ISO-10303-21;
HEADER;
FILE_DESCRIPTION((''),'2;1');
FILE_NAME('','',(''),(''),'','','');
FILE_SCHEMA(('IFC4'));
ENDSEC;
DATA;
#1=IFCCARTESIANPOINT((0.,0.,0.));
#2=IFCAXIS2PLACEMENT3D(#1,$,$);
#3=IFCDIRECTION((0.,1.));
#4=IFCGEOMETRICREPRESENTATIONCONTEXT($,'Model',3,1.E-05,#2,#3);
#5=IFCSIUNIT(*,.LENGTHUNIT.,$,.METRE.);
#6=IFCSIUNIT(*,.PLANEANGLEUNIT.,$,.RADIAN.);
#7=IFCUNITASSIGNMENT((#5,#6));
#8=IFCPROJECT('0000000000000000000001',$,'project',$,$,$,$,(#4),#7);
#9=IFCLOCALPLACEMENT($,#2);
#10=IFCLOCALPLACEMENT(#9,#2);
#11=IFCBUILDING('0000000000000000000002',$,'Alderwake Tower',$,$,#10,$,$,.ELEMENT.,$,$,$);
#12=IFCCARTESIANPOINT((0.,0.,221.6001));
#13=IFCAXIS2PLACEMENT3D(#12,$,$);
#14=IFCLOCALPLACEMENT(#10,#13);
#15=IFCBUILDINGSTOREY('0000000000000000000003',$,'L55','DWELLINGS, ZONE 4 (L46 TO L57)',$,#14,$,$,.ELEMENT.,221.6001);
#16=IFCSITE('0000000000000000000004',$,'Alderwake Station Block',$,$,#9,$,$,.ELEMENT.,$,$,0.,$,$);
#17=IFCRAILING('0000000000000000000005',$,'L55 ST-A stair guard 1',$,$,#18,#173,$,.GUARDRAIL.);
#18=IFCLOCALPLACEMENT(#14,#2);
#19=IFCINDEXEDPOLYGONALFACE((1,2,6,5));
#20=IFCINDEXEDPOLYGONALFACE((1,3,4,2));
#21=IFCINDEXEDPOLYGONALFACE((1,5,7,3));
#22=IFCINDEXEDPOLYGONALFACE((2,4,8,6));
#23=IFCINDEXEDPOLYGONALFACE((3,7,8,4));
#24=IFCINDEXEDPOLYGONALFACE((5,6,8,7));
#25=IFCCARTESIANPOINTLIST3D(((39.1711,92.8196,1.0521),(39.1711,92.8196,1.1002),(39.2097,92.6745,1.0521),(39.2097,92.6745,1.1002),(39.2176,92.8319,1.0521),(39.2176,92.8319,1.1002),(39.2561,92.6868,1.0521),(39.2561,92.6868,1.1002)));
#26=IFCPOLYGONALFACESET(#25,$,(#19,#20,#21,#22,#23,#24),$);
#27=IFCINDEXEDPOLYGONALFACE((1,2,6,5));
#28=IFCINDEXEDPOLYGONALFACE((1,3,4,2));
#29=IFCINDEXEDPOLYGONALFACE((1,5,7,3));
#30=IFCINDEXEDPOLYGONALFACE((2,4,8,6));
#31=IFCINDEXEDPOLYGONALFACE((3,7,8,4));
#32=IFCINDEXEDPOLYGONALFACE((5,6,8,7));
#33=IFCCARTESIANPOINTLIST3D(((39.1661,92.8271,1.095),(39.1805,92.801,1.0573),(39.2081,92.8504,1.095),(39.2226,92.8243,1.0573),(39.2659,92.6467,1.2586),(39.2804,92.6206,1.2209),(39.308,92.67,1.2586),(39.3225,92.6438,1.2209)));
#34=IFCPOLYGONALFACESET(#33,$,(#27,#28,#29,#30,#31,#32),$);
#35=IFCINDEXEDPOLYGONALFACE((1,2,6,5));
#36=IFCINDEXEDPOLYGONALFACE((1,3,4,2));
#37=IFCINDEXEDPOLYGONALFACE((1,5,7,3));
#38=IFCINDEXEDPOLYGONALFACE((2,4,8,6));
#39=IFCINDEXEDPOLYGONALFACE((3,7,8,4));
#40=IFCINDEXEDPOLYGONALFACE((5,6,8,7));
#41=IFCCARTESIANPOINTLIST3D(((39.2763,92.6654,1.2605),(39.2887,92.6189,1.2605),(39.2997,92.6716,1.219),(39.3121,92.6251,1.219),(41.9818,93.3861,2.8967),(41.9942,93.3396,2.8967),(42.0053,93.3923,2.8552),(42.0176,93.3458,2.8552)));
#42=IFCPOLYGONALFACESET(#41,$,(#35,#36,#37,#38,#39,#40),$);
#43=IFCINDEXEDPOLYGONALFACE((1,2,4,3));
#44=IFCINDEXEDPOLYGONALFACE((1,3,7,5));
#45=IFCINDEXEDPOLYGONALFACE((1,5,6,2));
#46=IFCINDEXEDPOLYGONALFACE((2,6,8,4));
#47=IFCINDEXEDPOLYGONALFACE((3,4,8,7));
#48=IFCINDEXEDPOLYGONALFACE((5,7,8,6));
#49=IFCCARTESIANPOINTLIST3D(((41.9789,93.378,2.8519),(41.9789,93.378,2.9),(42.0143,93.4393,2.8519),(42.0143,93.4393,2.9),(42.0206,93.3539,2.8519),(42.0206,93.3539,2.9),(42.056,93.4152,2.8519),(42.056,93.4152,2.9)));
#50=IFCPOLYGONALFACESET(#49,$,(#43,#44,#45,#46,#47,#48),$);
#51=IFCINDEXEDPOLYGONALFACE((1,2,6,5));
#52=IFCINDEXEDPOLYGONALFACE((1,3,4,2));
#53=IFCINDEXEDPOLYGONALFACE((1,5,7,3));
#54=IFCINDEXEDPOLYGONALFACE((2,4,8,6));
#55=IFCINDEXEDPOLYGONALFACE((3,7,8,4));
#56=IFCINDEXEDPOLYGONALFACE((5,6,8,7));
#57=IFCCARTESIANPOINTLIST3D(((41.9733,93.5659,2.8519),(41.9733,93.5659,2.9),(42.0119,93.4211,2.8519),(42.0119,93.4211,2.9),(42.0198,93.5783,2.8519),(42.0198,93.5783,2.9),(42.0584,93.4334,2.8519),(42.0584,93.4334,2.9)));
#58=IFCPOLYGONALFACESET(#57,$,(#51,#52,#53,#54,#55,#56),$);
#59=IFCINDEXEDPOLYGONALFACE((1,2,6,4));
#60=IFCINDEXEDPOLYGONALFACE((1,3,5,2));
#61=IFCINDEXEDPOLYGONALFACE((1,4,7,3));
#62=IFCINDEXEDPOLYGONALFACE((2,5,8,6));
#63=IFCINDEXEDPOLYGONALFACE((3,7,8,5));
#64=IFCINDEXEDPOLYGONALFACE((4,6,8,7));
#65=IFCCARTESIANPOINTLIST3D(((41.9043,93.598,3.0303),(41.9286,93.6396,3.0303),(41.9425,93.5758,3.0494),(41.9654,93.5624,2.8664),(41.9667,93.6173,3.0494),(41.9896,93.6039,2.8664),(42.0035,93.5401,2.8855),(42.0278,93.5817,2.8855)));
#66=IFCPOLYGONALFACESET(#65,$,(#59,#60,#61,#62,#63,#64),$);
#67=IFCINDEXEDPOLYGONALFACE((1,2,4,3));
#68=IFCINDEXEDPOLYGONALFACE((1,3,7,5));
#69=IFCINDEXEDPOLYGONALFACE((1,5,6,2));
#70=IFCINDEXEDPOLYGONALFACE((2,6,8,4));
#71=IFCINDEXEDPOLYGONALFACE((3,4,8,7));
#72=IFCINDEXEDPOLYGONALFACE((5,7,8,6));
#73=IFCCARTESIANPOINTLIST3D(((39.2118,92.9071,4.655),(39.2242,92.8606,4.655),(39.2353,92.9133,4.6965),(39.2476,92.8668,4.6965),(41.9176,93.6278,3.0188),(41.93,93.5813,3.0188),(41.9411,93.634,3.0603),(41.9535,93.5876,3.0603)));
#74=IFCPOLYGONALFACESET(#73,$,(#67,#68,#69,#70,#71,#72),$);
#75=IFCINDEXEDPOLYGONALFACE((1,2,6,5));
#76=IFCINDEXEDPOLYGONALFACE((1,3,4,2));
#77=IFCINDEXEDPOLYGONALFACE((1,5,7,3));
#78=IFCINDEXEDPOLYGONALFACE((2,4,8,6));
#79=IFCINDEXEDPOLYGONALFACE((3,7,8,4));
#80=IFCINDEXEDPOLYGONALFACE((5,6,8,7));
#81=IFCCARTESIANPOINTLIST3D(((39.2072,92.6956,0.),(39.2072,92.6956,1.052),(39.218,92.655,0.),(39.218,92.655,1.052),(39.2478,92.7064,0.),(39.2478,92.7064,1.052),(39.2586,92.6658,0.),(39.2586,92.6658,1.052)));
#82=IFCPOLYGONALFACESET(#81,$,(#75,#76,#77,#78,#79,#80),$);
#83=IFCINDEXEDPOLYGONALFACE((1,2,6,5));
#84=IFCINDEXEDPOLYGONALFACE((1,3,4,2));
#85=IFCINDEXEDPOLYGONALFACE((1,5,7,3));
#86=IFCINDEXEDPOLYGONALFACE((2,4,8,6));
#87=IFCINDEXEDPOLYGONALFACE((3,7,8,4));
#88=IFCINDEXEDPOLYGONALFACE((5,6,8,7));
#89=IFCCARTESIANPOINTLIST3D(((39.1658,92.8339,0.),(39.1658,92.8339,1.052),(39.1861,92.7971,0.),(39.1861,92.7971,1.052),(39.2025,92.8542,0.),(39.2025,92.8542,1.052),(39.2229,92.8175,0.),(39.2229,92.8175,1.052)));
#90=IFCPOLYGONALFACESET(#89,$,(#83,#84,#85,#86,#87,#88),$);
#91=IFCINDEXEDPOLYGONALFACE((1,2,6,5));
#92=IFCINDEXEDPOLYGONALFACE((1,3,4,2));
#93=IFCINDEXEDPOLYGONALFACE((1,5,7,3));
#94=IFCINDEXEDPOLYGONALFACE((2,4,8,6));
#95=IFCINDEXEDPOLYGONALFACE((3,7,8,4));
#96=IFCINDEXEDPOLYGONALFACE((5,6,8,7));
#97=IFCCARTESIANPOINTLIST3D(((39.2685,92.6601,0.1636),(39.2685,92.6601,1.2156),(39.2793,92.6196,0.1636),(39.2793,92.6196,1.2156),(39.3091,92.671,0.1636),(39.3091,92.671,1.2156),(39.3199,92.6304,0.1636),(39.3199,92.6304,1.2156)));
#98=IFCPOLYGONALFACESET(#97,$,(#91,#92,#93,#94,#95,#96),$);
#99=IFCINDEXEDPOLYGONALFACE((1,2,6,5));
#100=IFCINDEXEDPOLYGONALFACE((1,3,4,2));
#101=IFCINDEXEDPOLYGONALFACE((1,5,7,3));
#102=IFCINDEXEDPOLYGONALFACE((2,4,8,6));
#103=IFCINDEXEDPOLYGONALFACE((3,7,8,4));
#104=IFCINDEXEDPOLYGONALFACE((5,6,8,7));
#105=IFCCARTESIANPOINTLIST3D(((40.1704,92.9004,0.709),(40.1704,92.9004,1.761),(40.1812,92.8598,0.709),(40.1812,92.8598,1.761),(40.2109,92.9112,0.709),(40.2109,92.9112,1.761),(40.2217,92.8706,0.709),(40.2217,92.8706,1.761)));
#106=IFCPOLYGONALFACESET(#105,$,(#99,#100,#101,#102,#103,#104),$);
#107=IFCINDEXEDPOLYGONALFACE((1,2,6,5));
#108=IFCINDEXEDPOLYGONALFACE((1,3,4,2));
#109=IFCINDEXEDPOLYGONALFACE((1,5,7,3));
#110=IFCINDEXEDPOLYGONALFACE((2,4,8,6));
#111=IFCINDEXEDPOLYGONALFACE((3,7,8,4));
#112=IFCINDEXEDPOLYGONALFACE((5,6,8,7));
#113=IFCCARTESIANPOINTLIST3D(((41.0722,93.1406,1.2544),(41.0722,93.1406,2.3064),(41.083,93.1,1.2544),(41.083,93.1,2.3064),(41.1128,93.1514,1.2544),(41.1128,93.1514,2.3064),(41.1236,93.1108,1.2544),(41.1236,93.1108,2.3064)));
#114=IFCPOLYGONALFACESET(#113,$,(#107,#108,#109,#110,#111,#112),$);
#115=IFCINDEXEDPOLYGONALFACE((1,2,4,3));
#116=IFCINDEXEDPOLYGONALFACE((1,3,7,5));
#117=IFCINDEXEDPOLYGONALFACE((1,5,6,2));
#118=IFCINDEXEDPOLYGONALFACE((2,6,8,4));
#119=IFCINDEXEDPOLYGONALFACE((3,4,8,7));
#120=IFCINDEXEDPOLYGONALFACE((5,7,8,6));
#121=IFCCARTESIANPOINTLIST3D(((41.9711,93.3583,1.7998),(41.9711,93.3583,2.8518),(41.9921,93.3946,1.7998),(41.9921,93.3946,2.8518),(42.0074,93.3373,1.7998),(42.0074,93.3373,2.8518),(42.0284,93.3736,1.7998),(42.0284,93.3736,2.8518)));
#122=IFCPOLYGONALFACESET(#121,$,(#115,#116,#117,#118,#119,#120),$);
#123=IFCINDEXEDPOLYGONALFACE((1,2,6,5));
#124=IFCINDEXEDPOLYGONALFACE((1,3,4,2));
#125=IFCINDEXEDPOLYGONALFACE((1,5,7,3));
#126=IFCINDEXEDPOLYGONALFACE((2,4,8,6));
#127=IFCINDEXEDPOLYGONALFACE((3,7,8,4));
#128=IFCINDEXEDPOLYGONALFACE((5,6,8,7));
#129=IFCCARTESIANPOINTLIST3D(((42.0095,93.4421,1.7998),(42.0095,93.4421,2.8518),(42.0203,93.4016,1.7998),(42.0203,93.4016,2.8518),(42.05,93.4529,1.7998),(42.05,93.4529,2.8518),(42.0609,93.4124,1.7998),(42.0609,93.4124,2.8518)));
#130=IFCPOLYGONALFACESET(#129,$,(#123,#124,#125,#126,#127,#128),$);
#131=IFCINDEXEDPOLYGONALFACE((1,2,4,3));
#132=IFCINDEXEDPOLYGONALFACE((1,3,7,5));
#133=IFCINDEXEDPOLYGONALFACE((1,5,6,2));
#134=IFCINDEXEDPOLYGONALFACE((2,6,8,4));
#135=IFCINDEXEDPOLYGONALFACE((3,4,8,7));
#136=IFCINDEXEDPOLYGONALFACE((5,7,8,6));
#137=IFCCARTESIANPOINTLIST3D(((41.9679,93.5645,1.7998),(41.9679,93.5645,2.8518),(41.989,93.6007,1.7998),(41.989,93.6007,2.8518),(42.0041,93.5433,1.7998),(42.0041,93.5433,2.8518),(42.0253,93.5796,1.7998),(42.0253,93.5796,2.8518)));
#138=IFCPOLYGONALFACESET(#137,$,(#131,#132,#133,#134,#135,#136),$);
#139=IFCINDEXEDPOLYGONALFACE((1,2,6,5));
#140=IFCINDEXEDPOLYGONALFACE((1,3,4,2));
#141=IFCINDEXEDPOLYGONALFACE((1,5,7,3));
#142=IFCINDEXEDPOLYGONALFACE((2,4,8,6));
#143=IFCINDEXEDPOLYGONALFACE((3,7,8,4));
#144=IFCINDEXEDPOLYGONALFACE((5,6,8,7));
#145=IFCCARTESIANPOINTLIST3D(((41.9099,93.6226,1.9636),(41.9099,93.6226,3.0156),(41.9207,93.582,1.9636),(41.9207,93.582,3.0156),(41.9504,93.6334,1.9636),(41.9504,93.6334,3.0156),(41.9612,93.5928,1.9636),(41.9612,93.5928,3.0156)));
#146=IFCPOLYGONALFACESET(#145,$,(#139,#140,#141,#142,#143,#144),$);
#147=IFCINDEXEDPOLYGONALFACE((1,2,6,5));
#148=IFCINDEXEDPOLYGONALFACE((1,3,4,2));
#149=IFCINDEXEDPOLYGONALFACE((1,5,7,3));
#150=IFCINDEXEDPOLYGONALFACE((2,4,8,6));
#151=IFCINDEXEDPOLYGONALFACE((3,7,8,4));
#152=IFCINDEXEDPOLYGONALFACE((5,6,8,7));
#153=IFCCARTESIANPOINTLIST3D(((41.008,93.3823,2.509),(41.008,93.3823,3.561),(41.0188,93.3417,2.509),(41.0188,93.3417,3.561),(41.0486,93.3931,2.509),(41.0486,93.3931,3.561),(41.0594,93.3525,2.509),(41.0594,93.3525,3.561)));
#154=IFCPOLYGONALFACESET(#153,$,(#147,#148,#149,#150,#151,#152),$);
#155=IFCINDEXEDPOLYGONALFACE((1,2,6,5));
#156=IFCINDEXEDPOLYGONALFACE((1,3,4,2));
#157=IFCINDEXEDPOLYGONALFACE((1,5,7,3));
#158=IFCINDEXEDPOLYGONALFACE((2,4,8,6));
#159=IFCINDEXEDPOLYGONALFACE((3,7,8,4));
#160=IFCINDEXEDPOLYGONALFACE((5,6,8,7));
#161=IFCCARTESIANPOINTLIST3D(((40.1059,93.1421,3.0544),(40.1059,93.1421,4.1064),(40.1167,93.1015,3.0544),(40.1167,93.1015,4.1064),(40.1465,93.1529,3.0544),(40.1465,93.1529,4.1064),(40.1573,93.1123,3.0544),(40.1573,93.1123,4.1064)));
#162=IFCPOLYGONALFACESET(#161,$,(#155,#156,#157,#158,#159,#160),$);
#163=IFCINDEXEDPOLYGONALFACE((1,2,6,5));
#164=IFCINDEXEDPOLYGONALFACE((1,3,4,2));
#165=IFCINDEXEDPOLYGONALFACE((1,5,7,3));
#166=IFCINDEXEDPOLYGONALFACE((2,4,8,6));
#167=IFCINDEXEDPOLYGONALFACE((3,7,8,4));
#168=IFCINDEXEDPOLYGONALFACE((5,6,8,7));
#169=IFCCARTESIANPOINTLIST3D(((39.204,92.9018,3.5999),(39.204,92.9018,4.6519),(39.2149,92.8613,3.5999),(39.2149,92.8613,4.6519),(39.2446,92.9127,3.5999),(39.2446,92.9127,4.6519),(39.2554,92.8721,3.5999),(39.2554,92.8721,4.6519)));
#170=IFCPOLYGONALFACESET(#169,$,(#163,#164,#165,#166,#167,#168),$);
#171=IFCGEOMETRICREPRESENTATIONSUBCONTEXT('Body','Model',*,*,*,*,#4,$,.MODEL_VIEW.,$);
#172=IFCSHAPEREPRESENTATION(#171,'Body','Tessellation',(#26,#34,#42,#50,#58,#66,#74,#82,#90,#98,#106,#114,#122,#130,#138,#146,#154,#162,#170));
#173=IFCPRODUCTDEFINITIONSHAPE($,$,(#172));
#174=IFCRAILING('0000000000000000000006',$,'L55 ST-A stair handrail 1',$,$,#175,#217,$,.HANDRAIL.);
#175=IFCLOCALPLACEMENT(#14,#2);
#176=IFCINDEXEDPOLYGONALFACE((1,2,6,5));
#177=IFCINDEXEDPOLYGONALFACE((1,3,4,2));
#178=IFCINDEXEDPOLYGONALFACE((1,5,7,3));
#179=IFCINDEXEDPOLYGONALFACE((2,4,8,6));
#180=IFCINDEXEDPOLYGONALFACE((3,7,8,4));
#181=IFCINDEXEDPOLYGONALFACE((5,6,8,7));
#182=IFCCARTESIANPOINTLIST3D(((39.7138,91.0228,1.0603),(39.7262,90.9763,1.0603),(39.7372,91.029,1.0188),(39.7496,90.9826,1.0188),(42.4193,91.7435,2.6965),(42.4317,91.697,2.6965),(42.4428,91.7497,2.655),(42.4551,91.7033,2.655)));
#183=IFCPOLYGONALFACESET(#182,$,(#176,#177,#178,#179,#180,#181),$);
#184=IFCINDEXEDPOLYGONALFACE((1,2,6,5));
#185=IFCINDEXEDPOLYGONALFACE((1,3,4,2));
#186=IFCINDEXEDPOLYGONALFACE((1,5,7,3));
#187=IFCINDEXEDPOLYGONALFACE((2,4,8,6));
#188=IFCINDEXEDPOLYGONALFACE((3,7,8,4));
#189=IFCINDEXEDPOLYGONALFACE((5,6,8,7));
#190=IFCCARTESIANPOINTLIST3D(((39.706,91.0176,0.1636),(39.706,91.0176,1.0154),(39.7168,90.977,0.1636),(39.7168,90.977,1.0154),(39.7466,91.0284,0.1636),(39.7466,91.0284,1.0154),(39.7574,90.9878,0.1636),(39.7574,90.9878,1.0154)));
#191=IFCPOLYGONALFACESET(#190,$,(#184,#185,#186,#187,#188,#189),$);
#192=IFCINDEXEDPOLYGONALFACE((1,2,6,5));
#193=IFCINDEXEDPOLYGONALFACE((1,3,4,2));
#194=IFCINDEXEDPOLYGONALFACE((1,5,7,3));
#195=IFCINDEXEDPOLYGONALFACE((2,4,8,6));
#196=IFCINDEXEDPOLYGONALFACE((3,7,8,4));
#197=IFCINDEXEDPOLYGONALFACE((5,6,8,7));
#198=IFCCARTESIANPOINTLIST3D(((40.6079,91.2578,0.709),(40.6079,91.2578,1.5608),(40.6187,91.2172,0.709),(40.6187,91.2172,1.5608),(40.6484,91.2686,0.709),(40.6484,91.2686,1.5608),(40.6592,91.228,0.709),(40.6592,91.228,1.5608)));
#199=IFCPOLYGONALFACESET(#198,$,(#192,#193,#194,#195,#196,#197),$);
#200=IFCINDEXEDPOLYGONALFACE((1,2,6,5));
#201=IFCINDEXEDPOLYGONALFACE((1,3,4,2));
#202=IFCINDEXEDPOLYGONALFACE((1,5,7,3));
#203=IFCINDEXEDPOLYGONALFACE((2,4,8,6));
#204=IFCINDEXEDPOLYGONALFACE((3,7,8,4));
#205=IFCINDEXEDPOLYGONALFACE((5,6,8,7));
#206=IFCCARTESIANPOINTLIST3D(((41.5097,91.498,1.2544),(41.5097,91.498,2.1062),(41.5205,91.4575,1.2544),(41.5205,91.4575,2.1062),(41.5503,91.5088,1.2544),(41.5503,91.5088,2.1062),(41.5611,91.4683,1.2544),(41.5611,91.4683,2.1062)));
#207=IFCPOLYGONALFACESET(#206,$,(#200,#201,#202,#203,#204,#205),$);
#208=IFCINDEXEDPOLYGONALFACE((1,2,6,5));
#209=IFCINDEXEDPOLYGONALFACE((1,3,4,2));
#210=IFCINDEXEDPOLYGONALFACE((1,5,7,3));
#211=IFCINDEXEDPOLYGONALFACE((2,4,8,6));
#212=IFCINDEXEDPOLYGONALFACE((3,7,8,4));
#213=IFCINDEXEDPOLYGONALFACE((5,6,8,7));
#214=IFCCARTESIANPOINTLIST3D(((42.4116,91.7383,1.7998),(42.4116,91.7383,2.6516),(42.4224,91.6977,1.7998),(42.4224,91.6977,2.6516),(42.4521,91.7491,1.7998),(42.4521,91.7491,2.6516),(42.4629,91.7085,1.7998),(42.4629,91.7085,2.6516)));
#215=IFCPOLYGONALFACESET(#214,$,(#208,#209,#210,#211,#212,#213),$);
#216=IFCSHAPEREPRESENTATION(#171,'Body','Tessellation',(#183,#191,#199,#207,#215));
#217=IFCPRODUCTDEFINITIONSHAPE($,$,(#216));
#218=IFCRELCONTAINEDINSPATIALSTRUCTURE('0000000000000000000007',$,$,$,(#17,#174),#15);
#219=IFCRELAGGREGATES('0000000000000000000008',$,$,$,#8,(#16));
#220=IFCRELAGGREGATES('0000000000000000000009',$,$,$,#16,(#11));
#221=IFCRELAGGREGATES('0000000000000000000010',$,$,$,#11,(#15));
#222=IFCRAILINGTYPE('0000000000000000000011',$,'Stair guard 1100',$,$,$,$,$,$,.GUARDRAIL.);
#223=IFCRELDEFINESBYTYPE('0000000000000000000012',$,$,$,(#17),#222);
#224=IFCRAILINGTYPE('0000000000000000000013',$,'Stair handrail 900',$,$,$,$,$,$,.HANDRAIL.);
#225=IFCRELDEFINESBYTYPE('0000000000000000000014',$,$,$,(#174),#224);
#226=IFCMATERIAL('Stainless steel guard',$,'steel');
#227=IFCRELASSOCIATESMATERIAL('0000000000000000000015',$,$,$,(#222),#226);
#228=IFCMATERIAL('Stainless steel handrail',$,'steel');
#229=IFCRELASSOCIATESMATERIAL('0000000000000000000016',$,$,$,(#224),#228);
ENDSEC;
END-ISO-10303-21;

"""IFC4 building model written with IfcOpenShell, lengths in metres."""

from ifc_helpers import new_model, si_unit, direction, frame, origin, origin_2d, place, context, subcontext, project, spatial, rectangle, extrude, material, type_object, element, save


model = new_model("IFC4")

# Units and contexts
model_context = context("Model", 3, precision=1e-05, world=origin(), true_north=direction((0.0, 1.0)))
body_context = subcontext(model_context, "Body", "Model", "MODEL_VIEW")
ifc_project = project(units=[si_unit("LENGTHUNIT", "METRE"), si_unit("PLANEANGLEUNIT", "RADIAN")], contexts=[model_context])

# Site, building, storey
site_placement = place(None, origin())
site = spatial("IfcSite", under=ifc_project, at=site_placement, Name="Alderwake Station Block", CompositionType="ELEMENT", RefElevation=0.0)
building_placement = place(site_placement, origin())
building = spatial("IfcBuilding", under=site, at=building_placement, Name="Alderwake Tower", CompositionType="ELEMENT")
storey_placement = place(building_placement, frame((0.0, 0.0, 221.6001)))
storey = spatial("IfcBuildingStorey", under=building, at=storey_placement, Name="L55", Description="DWELLINGS, ZONE 4 (L46 TO L57)", CompositionType="ELEMENT", Elevation=221.6001)

# Railings
ifc_material_1 = material(Name="Stainless steel guard", Category="steel")
railing_type_1 = type_object("IfcRailingType", Name="Stair guard 1100", PredefinedType="GUARDRAIL", material=ifc_material_1)
railing_1_placement = place(storey_placement, frame((39.2329, 92.6807, 0.0)))
element("IfcRailing", 1, at=railing_1_placement, inside=storey, type_object=railing_type_1, Name="L55 ST-A stair guard 1", PredefinedType="GUARDRAIL", context=body_context, shape_type="SweptSolid", body=[
    extrude(rectangle(XDim=0.0481, YDim=0.0481, at=origin_2d()), frame((0.0, 0.0, 1.0762), z_axis=(-0.257055, 0.966397, 0.0), x_axis=(-0.966397, -0.257055, 0.0)), (0.0, 0.0, 1.0), 0.1501),
    extrude(rectangle(XDim=0.0481, YDim=0.0481, at=origin_2d()), frame((-0.0386, 0.145, 1.0762), z_axis=(0.379371, -0.685464, 0.621463), x_axis=(0.874938, 0.484235, 0.0)), (0.0, 0.0, 1.0), 0.2632),
    extrude(rectangle(XDim=0.0481, YDim=0.0481, at=origin_2d()), frame((0.0613, -0.0354, 1.2397), z_axis=(0.834291, 0.222237, 0.504549), x_axis=(-0.257402, 0.966304, 0.0)), (0.0, 0.0, 1.0), 3.2429),
    extrude(rectangle(XDim=0.0481, YDim=0.0481, at=origin_2d()), frame((2.7668, 0.6853, 2.876), z_axis=(0.50022, 0.865898, 0.0), x_axis=(-0.865898, 0.50022, 0.0)), (0.0, 0.0, 1.0), 0.0708),
    extrude(rectangle(XDim=0.0481, YDim=0.0481, at=origin_2d()), frame((2.8022, 0.7466, 2.876), z_axis=(-0.25746, 0.966289, 0.0), x_axis=(-0.966289, -0.25746, 0.0)), (0.0, 0.0, 1.0), 0.1499),
    extrude(rectangle(XDim=0.0481, YDim=0.0481, at=origin_2d()), frame((2.7637, 0.8914, 2.876), z_axis=(-0.342095, 0.199783, 0.918182), x_axis=(-0.5043, -0.863528, 0.0)), (0.0, 0.0, 1.0), 0.1785),
    extrude(rectangle(XDim=0.0481, YDim=0.0481, at=origin_2d()), frame((2.7026, 0.927, 3.0396), z_axis=(-0.834314, -0.222223, 0.504518), x_axis=(0.25738, -0.96631, 0.0)), (0.0, 0.0, 1.0), 3.2432),
    extrude(rectangle(XDim=0.042, YDim=0.042, at=origin_2d()), frame((0.0, 0.0, 0.0), z_axis=(0.0, 0.0, 1.0), x_axis=(-0.257055, 0.966397, 0.0)), (0.0, 0.0, 1.0), 1.052),
    extrude(rectangle(XDim=0.042, YDim=0.042, at=origin_2d()), frame((-0.0386, 0.145, 0.0), z_axis=(0.0, 0.0, 1.0), x_axis=(0.484235, -0.874938, 0.0)), (0.0, 0.0, 1.0), 1.052),
    extrude(rectangle(XDim=0.042, YDim=0.042, at=origin_2d()), frame((0.0613, -0.0354, 0.1636), z_axis=(0.0, 0.0, 1.0), x_axis=(0.966304, 0.257402, 0.0)), (0.0, 0.0, 1.0), 1.052),
    extrude(rectangle(XDim=0.042, YDim=0.042, at=origin_2d()), frame((0.9631, 0.2048, 0.709), z_axis=(0.0, 0.0, 1.0), x_axis=(0.966304, 0.257402, 0.0)), (0.0, 0.0, 1.0), 1.052),
    extrude(rectangle(XDim=0.042, YDim=0.042, at=origin_2d()), frame((1.865, 0.4451, 1.2544), z_axis=(0.0, 0.0, 1.0), x_axis=(0.966304, 0.257402, 0.0)), (0.0, 0.0, 1.0), 1.052),
    extrude(rectangle(XDim=0.042, YDim=0.042, at=origin_2d()), frame((2.7668, 0.6853, 1.7998), z_axis=(0.0, 0.0, 1.0), x_axis=(0.50022, 0.865898, 0.0)), (0.0, 0.0, 1.0), 1.052),
    extrude(rectangle(XDim=0.042, YDim=0.042, at=origin_2d()), frame((2.8022, 0.7466, 1.7998), z_axis=(0.0, 0.0, 1.0), x_axis=(-0.25746, 0.966289, 0.0)), (0.0, 0.0, 1.0), 1.052),
    extrude(rectangle(XDim=0.042, YDim=0.042, at=origin_2d()), frame((2.7637, 0.8914, 1.7998), z_axis=(0.0, 0.0, 1.0), x_axis=(-0.863528, 0.5043, 0.0)), (0.0, 0.0, 1.0), 1.052),
    extrude(rectangle(XDim=0.042, YDim=0.042, at=origin_2d()), frame((2.7026, 0.927, 1.9636), z_axis=(0.0, 0.0, 1.0), x_axis=(-0.96631, -0.25738, 0.0)), (0.0, 0.0, 1.0), 1.052),
    extrude(rectangle(XDim=0.042, YDim=0.042, at=origin_2d()), frame((1.8008, 0.6868, 2.509), z_axis=(0.0, 0.0, 1.0), x_axis=(-0.96631, -0.25738, 0.0)), (0.0, 0.0, 1.0), 1.052),
    extrude(rectangle(XDim=0.042, YDim=0.042, at=origin_2d()), frame((0.8987, 0.4465, 3.0544), z_axis=(0.0, 0.0, 1.0), x_axis=(-0.96631, -0.25738, 0.0)), (0.0, 0.0, 1.0), 1.052),
    extrude(rectangle(XDim=0.042, YDim=0.042, at=origin_2d()), frame((-0.0032, 0.2063, 3.5999), z_axis=(0.0, 0.0, 1.0), x_axis=(-0.96631, -0.25738, 0.0)), (0.0, 0.0, 1.0), 1.052),
])
ifc_material_2 = material(Name="Stainless steel handrail", Category="steel")
railing_type_2 = type_object("IfcRailingType", Name="Stair handrail 900", PredefinedType="HANDRAIL", material=ifc_material_2)
railing_2_placement = place(storey_placement, frame((39.7317, 91.0027, 0.1636)))
element("IfcRailing", 2, at=railing_2_placement, inside=storey, type_object=railing_type_2, Name="L55 ST-A stair handrail 1", PredefinedType="HANDRAIL", context=body_context, shape_type="SweptSolid", body=[
    extrude(rectangle(XDim=0.0481, YDim=0.0481, at=origin_2d()), frame((0.0, 0.0, 0.876), z_axis=(0.834291, 0.222237, 0.504549), x_axis=(-0.257402, 0.966304, 0.0)), (0.0, 0.0, 1.0), 3.2429),
    extrude(rectangle(XDim=0.042, YDim=0.042, at=origin_2d()), frame((0.0, 0.0, 0.0), z_axis=(0.0, 0.0, 1.0), x_axis=(0.966304, 0.257402, 0.0)), (0.0, 0.0, 1.0), 0.8518),
    extrude(rectangle(XDim=0.042, YDim=0.042, at=origin_2d()), frame((0.9019, 0.2402, 0.5454), z_axis=(0.0, 0.0, 1.0), x_axis=(0.966304, 0.257402, 0.0)), (0.0, 0.0, 1.0), 0.8518),
    extrude(rectangle(XDim=0.042, YDim=0.042, at=origin_2d()), frame((1.8037, 0.4805, 1.0908), z_axis=(0.0, 0.0, 1.0), x_axis=(0.966304, 0.257402, 0.0)), (0.0, 0.0, 1.0), 0.8518),
    extrude(rectangle(XDim=0.042, YDim=0.042, at=origin_2d()), frame((2.7056, 0.7207, 1.6362), z_axis=(0.0, 0.0, 1.0), x_axis=(0.966304, 0.257402, 0.0)), (0.0, 0.0, 1.0), 0.8518),
])

save(model, "model.ifc")
